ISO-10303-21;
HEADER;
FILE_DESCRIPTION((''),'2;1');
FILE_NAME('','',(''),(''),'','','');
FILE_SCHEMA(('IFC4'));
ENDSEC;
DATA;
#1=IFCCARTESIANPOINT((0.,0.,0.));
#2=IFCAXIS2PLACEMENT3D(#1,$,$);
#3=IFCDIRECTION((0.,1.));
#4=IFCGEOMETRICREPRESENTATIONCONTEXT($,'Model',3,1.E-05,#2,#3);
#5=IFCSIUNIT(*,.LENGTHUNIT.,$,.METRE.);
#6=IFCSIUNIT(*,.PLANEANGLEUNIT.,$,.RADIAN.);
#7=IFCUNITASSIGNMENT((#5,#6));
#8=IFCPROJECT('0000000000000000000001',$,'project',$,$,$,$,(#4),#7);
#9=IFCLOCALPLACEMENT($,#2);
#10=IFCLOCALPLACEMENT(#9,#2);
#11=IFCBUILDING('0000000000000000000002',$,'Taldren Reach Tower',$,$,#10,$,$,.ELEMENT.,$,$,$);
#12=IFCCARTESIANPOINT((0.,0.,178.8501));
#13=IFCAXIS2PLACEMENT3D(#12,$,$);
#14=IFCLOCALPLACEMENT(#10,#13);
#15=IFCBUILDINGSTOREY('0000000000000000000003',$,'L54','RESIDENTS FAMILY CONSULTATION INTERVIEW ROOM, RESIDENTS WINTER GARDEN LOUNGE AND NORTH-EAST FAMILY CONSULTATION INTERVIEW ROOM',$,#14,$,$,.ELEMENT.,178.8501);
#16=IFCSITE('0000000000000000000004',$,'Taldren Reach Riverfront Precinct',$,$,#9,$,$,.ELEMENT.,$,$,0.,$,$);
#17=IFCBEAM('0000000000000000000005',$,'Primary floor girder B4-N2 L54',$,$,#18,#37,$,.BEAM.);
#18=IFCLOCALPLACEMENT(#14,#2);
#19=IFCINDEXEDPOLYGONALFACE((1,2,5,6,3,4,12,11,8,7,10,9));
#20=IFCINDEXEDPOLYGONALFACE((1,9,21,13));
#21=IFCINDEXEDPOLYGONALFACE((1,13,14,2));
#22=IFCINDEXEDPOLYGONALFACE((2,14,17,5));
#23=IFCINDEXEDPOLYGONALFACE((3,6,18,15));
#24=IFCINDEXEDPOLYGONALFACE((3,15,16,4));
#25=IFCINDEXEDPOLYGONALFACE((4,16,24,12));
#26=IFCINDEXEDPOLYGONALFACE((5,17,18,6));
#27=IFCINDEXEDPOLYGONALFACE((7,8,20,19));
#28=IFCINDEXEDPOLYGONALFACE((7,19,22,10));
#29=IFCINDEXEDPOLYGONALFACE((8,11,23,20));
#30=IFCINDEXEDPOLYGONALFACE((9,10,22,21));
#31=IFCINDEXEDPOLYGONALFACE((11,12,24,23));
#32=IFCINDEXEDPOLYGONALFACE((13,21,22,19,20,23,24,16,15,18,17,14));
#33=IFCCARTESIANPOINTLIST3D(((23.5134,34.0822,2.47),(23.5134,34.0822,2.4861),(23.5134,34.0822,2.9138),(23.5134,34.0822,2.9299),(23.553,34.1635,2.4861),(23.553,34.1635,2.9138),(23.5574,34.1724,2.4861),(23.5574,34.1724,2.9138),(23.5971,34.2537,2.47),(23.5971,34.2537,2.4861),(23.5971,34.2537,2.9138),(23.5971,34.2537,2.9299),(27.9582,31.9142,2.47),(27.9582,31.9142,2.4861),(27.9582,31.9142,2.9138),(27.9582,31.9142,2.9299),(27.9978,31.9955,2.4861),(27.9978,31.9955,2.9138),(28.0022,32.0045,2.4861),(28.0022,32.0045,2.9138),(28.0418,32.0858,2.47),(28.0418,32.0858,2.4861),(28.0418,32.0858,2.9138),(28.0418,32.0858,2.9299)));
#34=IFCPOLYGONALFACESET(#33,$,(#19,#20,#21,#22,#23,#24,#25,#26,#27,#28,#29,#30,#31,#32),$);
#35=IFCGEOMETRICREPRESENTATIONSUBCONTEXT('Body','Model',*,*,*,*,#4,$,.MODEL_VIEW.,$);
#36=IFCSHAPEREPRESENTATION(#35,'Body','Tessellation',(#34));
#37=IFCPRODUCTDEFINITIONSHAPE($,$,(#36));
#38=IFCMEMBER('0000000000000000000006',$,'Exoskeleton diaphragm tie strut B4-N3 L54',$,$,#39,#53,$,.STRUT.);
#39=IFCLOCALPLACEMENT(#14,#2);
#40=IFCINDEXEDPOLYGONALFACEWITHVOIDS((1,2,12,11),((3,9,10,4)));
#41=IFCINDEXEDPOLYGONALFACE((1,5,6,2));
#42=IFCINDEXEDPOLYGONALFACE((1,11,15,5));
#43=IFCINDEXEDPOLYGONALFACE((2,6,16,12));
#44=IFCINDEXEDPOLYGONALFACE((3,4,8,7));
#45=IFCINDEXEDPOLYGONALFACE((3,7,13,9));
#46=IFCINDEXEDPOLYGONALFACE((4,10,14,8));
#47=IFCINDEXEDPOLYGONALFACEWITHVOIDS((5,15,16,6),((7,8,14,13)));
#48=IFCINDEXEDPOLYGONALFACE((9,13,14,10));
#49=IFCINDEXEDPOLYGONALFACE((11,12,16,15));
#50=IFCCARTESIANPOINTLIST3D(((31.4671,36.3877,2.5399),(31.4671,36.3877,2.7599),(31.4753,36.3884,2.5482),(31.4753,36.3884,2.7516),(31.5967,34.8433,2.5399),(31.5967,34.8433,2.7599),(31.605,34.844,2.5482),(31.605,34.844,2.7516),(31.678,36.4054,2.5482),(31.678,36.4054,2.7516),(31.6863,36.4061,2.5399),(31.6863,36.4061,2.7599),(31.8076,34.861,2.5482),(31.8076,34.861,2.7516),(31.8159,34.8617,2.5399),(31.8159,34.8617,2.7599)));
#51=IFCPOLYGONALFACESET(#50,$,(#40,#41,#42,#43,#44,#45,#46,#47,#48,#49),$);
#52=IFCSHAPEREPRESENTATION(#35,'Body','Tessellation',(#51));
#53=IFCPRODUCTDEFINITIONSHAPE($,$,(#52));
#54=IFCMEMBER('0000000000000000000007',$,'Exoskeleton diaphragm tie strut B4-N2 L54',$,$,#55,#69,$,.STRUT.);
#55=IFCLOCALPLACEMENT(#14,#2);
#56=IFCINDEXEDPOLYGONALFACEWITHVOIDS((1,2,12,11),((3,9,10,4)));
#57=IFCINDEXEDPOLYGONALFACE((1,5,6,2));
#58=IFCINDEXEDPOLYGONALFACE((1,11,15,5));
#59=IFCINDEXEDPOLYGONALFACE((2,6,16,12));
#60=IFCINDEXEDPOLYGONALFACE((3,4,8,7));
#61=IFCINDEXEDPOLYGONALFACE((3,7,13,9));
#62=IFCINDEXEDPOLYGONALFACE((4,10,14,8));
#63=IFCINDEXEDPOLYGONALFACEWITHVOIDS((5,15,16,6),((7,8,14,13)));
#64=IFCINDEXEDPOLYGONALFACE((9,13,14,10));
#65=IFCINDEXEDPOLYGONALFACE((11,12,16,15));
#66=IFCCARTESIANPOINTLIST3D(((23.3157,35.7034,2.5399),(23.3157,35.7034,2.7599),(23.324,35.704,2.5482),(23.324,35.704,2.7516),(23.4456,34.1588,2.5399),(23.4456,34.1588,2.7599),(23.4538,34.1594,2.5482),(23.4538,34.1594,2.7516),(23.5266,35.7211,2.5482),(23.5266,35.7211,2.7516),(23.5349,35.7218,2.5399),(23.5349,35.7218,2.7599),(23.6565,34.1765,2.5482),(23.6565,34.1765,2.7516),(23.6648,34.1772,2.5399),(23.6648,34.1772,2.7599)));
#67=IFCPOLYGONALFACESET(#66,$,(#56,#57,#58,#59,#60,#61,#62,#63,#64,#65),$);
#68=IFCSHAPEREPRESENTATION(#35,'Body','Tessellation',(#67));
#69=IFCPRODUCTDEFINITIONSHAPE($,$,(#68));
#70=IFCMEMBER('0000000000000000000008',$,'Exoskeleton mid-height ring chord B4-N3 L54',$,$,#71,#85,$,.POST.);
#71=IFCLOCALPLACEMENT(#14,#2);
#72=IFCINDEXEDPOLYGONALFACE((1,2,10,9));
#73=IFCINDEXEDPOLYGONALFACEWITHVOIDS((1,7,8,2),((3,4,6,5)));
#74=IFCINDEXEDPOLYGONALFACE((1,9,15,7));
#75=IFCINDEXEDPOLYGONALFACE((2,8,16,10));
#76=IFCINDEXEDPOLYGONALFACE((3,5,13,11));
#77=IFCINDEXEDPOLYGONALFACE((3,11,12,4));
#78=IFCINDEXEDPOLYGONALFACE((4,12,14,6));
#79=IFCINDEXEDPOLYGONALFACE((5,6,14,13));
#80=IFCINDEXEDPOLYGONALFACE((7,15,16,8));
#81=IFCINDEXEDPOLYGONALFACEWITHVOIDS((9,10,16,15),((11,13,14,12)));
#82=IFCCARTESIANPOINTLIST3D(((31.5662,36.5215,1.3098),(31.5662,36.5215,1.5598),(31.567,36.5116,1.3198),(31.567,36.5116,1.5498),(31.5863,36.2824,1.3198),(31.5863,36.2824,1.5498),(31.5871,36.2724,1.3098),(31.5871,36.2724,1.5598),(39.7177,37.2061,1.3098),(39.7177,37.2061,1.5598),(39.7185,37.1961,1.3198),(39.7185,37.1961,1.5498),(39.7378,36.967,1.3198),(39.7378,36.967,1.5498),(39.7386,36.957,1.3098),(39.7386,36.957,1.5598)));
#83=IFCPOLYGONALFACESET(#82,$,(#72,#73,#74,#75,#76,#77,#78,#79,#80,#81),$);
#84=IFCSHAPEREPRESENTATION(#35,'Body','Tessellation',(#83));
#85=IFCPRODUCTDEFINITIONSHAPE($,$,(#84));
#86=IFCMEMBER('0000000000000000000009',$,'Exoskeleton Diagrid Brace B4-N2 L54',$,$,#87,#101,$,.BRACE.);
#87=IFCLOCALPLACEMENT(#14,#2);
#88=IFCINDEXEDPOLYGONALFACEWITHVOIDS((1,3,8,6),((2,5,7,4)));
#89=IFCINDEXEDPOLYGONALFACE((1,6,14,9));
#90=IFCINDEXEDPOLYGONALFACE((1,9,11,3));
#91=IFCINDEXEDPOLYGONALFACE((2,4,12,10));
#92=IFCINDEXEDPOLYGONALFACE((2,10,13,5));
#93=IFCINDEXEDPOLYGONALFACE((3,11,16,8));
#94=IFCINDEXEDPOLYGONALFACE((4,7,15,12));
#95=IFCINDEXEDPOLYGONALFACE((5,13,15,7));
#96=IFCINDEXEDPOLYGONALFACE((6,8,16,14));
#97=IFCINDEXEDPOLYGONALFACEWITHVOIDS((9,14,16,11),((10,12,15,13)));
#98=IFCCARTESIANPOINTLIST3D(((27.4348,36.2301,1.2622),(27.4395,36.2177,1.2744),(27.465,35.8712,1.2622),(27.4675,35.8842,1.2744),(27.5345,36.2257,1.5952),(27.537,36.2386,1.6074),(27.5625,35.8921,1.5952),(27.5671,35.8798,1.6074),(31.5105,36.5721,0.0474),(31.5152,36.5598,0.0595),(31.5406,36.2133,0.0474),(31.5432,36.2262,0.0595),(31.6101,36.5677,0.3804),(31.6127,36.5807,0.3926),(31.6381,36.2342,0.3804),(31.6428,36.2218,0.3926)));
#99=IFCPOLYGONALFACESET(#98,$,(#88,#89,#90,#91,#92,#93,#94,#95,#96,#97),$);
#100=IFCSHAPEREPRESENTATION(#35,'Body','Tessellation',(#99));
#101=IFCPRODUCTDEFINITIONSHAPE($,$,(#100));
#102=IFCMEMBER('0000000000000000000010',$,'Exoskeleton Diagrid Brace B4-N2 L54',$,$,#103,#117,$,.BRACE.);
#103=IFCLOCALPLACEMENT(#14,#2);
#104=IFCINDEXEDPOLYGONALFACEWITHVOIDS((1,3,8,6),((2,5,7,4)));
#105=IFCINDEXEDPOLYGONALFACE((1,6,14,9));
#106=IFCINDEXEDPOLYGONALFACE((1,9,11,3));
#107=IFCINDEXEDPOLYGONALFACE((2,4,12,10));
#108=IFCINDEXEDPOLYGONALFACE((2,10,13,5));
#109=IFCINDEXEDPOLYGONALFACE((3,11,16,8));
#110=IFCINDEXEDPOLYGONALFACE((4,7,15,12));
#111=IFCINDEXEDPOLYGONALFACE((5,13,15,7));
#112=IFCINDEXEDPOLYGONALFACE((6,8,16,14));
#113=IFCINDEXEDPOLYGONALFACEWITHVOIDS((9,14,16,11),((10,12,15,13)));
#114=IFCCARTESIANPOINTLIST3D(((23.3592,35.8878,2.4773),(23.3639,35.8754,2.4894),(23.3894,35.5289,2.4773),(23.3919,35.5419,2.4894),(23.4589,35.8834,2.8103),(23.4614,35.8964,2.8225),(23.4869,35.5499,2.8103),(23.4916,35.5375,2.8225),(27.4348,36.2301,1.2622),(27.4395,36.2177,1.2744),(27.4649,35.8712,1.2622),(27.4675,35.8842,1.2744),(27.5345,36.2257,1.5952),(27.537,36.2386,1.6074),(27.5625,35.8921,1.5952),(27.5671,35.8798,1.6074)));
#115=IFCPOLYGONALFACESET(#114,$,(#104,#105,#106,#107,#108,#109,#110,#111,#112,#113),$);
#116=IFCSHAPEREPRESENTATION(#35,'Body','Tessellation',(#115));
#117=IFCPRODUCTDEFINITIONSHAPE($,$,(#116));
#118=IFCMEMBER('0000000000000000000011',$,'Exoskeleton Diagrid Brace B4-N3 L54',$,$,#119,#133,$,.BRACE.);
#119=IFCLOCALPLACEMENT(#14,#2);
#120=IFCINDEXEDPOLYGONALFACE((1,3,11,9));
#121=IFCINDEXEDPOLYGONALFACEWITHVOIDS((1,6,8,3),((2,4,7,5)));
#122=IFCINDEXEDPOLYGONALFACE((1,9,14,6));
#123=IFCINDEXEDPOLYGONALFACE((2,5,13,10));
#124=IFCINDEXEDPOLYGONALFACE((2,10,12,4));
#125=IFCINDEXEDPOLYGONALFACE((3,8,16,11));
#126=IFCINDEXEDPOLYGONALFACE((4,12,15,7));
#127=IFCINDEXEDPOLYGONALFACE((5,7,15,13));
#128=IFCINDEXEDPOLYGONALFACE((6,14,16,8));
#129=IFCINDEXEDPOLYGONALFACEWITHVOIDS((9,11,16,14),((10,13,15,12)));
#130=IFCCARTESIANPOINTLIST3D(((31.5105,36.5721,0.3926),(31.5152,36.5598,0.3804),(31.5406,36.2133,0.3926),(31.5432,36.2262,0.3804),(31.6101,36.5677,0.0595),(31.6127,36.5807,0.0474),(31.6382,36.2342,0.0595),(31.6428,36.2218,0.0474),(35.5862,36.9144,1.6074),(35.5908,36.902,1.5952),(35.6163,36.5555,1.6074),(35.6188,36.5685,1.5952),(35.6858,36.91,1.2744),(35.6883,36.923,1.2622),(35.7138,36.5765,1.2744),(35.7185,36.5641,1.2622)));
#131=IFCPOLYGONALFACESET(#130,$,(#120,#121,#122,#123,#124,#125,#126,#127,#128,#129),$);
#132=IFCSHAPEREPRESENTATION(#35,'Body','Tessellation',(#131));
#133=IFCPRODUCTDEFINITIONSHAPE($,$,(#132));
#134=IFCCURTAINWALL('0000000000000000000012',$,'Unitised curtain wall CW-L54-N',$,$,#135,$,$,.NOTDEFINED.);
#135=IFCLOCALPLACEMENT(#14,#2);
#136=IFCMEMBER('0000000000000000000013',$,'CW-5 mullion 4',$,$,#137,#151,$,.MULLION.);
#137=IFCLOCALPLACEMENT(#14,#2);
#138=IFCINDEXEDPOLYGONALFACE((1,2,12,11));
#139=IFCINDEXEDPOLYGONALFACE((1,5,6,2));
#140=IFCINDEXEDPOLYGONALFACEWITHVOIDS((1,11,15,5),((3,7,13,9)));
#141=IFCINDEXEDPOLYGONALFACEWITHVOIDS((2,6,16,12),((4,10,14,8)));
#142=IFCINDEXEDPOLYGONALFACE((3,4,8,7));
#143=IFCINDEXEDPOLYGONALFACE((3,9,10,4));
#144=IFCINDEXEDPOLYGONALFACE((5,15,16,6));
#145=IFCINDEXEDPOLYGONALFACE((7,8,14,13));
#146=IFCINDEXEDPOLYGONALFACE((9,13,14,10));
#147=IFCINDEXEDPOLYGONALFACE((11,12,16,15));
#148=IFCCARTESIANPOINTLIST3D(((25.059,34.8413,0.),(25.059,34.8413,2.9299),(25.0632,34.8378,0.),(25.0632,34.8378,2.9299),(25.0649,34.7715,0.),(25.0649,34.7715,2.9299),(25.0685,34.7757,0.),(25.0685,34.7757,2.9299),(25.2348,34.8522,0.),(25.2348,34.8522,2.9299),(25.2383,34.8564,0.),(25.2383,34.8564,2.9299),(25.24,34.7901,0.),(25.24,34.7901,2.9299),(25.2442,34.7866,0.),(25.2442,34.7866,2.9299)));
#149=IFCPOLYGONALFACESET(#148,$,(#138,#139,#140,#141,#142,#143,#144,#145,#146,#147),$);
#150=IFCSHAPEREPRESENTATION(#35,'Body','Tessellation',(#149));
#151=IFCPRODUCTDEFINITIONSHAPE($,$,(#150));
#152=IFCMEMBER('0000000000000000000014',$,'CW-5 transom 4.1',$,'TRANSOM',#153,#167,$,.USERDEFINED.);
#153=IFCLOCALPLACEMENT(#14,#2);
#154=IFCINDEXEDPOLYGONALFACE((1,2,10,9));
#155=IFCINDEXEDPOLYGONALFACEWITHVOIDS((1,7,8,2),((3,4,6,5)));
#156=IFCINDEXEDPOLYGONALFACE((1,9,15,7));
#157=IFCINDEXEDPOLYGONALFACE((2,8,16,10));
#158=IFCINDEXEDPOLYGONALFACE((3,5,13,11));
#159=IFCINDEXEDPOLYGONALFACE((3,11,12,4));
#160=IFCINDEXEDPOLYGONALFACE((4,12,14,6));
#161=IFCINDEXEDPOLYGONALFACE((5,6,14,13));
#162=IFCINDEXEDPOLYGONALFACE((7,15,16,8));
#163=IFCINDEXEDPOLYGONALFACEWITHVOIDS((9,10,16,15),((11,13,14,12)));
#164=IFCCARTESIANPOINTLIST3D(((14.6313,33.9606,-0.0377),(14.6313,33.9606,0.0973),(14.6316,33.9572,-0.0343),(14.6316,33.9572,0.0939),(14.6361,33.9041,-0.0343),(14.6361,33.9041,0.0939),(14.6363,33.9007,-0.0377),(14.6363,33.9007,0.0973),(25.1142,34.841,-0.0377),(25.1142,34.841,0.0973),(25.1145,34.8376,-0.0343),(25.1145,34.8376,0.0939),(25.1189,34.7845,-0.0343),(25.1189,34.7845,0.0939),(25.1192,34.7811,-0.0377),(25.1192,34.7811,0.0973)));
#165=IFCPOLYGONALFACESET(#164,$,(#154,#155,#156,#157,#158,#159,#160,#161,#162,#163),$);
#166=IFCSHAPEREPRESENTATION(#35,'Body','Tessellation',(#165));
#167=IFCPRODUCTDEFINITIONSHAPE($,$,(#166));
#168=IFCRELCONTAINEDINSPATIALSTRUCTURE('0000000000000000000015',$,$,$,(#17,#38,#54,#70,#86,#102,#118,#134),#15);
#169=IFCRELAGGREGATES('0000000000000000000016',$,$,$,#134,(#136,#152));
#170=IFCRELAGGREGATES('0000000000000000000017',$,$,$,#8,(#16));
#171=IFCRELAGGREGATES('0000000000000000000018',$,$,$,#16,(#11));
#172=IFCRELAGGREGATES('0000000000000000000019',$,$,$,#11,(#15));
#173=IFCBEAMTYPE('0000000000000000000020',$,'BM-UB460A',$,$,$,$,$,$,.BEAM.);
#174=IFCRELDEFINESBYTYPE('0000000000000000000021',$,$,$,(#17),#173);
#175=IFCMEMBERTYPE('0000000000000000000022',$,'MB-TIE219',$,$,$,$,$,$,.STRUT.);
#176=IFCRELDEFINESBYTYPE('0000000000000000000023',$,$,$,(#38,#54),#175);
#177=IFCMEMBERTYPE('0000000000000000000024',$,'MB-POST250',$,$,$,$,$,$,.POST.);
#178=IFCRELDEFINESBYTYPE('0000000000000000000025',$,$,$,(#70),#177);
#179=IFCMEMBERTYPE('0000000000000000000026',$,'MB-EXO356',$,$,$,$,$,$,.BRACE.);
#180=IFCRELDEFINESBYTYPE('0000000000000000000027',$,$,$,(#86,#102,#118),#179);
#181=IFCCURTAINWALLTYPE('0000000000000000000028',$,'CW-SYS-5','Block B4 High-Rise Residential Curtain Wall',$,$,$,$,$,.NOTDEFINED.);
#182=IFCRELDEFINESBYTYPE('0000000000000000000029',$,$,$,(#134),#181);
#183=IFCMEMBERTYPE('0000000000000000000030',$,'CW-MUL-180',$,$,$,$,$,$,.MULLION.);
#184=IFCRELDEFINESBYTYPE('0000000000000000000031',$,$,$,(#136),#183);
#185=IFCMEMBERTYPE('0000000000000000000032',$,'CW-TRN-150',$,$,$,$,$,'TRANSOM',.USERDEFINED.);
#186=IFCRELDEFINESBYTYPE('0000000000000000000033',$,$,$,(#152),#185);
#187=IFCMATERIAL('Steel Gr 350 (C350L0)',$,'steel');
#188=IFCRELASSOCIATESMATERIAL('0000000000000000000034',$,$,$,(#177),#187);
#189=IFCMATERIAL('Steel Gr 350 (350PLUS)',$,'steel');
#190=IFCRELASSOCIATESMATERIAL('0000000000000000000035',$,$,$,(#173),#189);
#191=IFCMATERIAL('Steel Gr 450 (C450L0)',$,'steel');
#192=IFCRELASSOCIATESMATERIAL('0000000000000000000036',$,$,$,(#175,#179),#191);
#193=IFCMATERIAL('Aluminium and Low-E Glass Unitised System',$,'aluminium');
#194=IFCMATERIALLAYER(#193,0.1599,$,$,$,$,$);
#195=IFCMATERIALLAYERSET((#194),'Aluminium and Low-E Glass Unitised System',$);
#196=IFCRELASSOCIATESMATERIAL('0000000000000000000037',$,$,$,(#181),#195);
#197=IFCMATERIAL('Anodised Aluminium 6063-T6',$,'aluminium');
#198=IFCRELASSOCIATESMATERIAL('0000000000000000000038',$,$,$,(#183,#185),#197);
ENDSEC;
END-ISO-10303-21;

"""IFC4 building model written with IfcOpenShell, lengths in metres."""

from ifc_helpers import new_model, si_unit, direction, frame, origin, origin_2d, place, context, subcontext, project, spatial, hollow_rectangle, i_section, extrude, source, transform, mapped, material, layer, layer_set, material_profile, profile_set, type_object, element, aggregate, save


model = new_model("IFC4")

# Units and contexts
model_context = context("Model", 3, precision=1e-05, world=origin(), true_north=direction((0.0, 1.0)))
body_context = subcontext(model_context, "Body", "Model", "MODEL_VIEW")
ifc_project = project(units=[si_unit("LENGTHUNIT", "METRE"), si_unit("PLANEANGLEUNIT", "RADIAN")], contexts=[model_context])

# Site, building, storey
site_placement = place(None, origin())
site = spatial("IfcSite", under=ifc_project, at=site_placement, Name="Taldren Reach Riverfront Precinct", CompositionType="ELEMENT", RefElevation=0.0)
building_placement = place(site_placement, origin())
building = spatial("IfcBuilding", under=site, at=building_placement, Name="Taldren Reach Tower", CompositionType="ELEMENT")
storey_placement = place(building_placement, frame((0.0, 0.0, 178.8501)))
storey = spatial("IfcBuildingStorey", under=building, at=storey_placement, Name="L54", Description="RESIDENTS FAMILY CONSULTATION INTERVIEW ROOM, RESIDENTS WINTER GARDEN LOUNGE AND NORTH-EAST FAMILY CONSULTATION INTERVIEW ROOM", CompositionType="ELEMENT", Elevation=178.8501)

# Shared definitions
ifc_material_1 = material(Name="Steel Gr 350 (350PLUS)", Category="steel")

# Shared definitions
ifc_material_2 = material(Name="Steel Gr 350 (C350L0)", Category="steel")
ifc_material_profile_1 = material_profile(ifc_material_2, hollow_rectangle(XDim=0.25, YDim=0.25, WallThickness=0.01, at=origin_2d()), Name="250x250x10.0SHS")
ifc_profile_set_1 = profile_set([ifc_material_profile_1], Name="Steel Gr 350 (C350L0)")
member_type_1 = type_object("IfcMemberType", Name="MB-POST250", PredefinedType="POST", material=ifc_profile_set_1)

# Beam
ifc_material_profile_2 = material_profile(ifc_material_1, i_section(OverallWidth=0.1909, OverallDepth=0.46, WebThickness=0.01, FlangeThickness=0.0161, at=origin_2d()), Name="460UB82.1")
ifc_profile_set_2 = profile_set([ifc_material_profile_2], Name="Steel Gr 350 (350PLUS)")
beam_type_1 = type_object("IfcBeamType", Name="BM-UB460A", PredefinedType="BEAM", material=ifc_profile_set_2)
shared_shape_1 = source(origin(), body_context, "Body", "SweptSolid", [
    extrude(i_section(OverallWidth=0.1909, OverallDepth=0.46, WebThickness=0.01, FlangeThickness=0.0161, at=origin_2d()), origin(), (0.0, 0.0, 1.0), 4.9453),
])
beam_1_placement = place(storey_placement, frame((28.0, 32.0, 2.7), z_axis=(-0.898787, 0.438385, 0.0), x_axis=(-0.438385, -0.898787, 0.0)))
element("IfcBeam", 1, at=beam_1_placement, inside=storey, type_object=beam_type_1, Name="Primary floor girder B4-N2 L54", PredefinedType="BEAM", context=body_context, shape_type="MappedRepresentation", body=[
    mapped(shared_shape_1, transform((0.0, 0.0, 0.0), scale=1.0)),
])

# Members
ifc_material_3 = material(Name="Steel Gr 450 (C450L0)", Category="steel")
ifc_material_profile_3 = material_profile(ifc_material_3, hollow_rectangle(XDim=0.22, YDim=0.22, WallThickness=0.0083, at=origin_2d()), Name="220x220x8.2SHS")
ifc_profile_set_3 = profile_set([ifc_material_profile_3], Name="Steel Gr 450 (C450L0)")
member_type_2 = type_object("IfcMemberType", Name="MB-TIE219", PredefinedType="STRUT", material=ifc_profile_set_3)
shared_shape_2 = source(origin(), body_context, "Body", "SweptSolid", [
    extrude(hollow_rectangle(XDim=0.22, YDim=0.22, WallThickness=0.0083, at=origin_2d()), origin(), (0.0, 0.0, 1.0), 1.5498),
])
member_1_placement = place(storey_placement, frame((31.7063, 34.8525, 2.6499), z_axis=(-0.083645, 0.996496, 0.0), x_axis=(-0.996496, -0.083645, 0.0)))
element("IfcMember", 2, at=member_1_placement, inside=storey, type_object=member_type_2, Name="Exoskeleton diaphragm tie strut B4-N3 L54", PredefinedType="STRUT", context=body_context, shape_type="MappedRepresentation", body=[
    mapped(shared_shape_2, transform((0.0, 0.0, 0.0), scale=1.0)),
])
shared_shape_3 = source(origin(), body_context, "Body", "SweptSolid", [
    extrude(hollow_rectangle(XDim=0.22, YDim=0.22, WallThickness=0.0083, at=origin_2d()), origin(), (0.0, 0.0, 1.0), 1.55),
])
member_2_placement = place(storey_placement, frame((23.5552, 34.168, 2.6499), z_axis=(-0.083788, 0.996484, 0.0), x_axis=(-0.996484, -0.083788, 0.0)))
element("IfcMember", 3, at=member_2_placement, inside=storey, type_object=member_type_2, Name="Exoskeleton diaphragm tie strut B4-N2 L54", PredefinedType="STRUT", context=body_context, shape_type="MappedRepresentation", body=[
    mapped(shared_shape_3, transform((0.0, 0.0, 0.0), scale=1.0)),
])
shared_shape_4 = source(origin(), body_context, "Body", "SweptSolid", [
    extrude(hollow_rectangle(XDim=0.25, YDim=0.25, WallThickness=0.01, at=origin_2d()), origin(), (0.0, 0.0, 1.0), 8.1802),
])
member_3_placement = place(storey_placement, frame((31.5767, 36.397, 1.4348), z_axis=(0.996492, 0.083688, 0.0), x_axis=(-0.083688, 0.996492, 0.0)))
element("IfcMember", 4, at=member_3_placement, inside=storey, type_object=member_type_1, Name="Exoskeleton mid-height ring chord B4-N3 L54", PredefinedType="POST", context=body_context, shape_type="MappedRepresentation", body=[
    mapped(shared_shape_4, transform((0.0, 0.0, 0.0), scale=1.0)),
])
ifc_material_profile_4 = material_profile(ifc_material_3, hollow_rectangle(XDim=0.3601, YDim=0.3601, WallThickness=0.0127, at=origin_2d()), Name="360x360x12.7SHS")
ifc_profile_set_4 = profile_set([ifc_material_profile_4], Name="Steel Gr 450 (C450L0)")
member_type_3 = type_object("IfcMemberType", Name="MB-EXO356", PredefinedType="BRACE", material=ifc_profile_set_4)
shared_shape_5 = source(origin(), body_context, "Body", "SweptSolid", [
    extrude(hollow_rectangle(XDim=0.3601, YDim=0.3601, WallThickness=0.0127, at=origin_2d()), origin(), (0.0, 0.0, 1.0), 4.2666),
])
for number, where, z_axis, x_axis, name in (
    (5, (31.5767, 36.397, 0.22), (-0.955249, -0.080167, 0.284732), (0.083628, -0.996497, 0.0), "Exoskeleton Diagrid Brace B4-N2 L54"),
    (6, (27.501, 36.0549, 1.4348), (-0.955229, -0.080222, 0.284783), (0.083688, -0.996492, 0.0), "Exoskeleton Diagrid Brace B4-N2 L54"),
    (7, (31.5767, 36.397, 0.22), (0.955245, 0.080224, 0.284731), (-0.083688, 0.996492, 0.0), "Exoskeleton Diagrid Brace B4-N3 L54"),
):
    element("IfcMember", number, at=place(storey_placement, frame(where, z_axis=z_axis, x_axis=x_axis)), inside=storey, type_object=member_type_3, Name=name, PredefinedType="BRACE", context=body_context, shape_type="MappedRepresentation", body=[
        mapped(shared_shape_5, transform((0.0, 0.0, 0.0), scale=1.0)),
    ])

# Curtain wall, members
ifc_material_4 = material(Name="Aluminium and Low-E Glass Unitised System", Category="aluminium")
ifc_layer_1 = layer(ifc_material_4, 0.1599)
ifc_layer_set_1 = layer_set([ifc_layer_1], Name="Aluminium and Low-E Glass Unitised System")
curtain_wall_type = type_object("IfcCurtainWallType", Name="CW-SYS-5", Description="Block B4 High-Rise Residential Curtain Wall", PredefinedType="NOTDEFINED", material=ifc_layer_set_1)
curtain_wall_placement = place(storey_placement, origin())
curtain_wall = element("IfcCurtainWall", 8, at=curtain_wall_placement, inside=storey, type_object=curtain_wall_type, Name="Unitised curtain wall CW-L54-N", PredefinedType="NOTDEFINED")
ifc_material_5 = material(Name="Anodised Aluminium 6063-T6", Category="aluminium")
ifc_material_profile_5 = material_profile(ifc_material_5, hollow_rectangle(XDim=0.0701, YDim=0.1799, WallThickness=0.0039, at=origin_2d()), Name="ALU-180x70x4RHS")
ifc_profile_set_5 = profile_set([ifc_material_profile_5], Name="Anodised Aluminium 6063-T6")
member_type_4 = type_object("IfcMemberType", Name="CW-MUL-180", PredefinedType="MULLION", material=ifc_profile_set_5)
shared_shape_6 = source(origin(), body_context, "Body", "SweptSolid", [
    extrude(hollow_rectangle(XDim=0.0701, YDim=0.1799, WallThickness=0.0039, at=origin_2d()), origin(), (0.0, 0.0, 1.0), 2.9299),
])
member_4_placement = place(storey_placement, frame((25.1516, 34.814, 0.0), z_axis=(0.0, 0.0, 1.0), x_axis=(0.083678, -0.996493, 0.0)))
member_4 = element("IfcMember", 9, at=member_4_placement, type_object=member_type_4, Name="CW-5 mullion 4", PredefinedType="MULLION", context=body_context, shape_type="MappedRepresentation", body=[
    mapped(shared_shape_6, transform((0.0, 0.0, 0.0), scale=1.0)),
])
ifc_material_profile_6 = material_profile(ifc_material_5, hollow_rectangle(XDim=0.0601, YDim=0.135, WallThickness=0.0034, at=origin_2d()), Name="ALU-135x60x3.5RHS")
ifc_profile_set_6 = profile_set([ifc_material_profile_6], Name="Anodised Aluminium 6063-T6")
member_type_5 = type_object("IfcMemberType", Name="CW-TRN-150", ElementType="TRANSOM", PredefinedType="USERDEFINED", material=ifc_profile_set_6)
shared_shape_7 = source(origin(), body_context, "Body", "SweptSolid", [
    extrude(hollow_rectangle(XDim=0.0601, YDim=0.135, WallThickness=0.0034, at=origin_2d()), origin(), (0.0, 0.0, 1.0), 10.5198),
])
member_5_placement = place(storey_placement, frame((25.1167, 34.811, 0.0298), z_axis=(-0.996492, -0.083687, 0.0), x_axis=(0.083687, -0.996492, 0.0)))
member_5 = element("IfcMember", 10, at=member_5_placement, type_object=member_type_5, Name="CW-5 transom 4.1", ObjectType="TRANSOM", PredefinedType="USERDEFINED", context=body_context, shape_type="MappedRepresentation", body=[
    mapped(shared_shape_7, transform((0.0, 0.0, 0.0), scale=1.0)),
])

aggregate(curtain_wall, [member_4, member_5])

save(model, "model.ifc")
